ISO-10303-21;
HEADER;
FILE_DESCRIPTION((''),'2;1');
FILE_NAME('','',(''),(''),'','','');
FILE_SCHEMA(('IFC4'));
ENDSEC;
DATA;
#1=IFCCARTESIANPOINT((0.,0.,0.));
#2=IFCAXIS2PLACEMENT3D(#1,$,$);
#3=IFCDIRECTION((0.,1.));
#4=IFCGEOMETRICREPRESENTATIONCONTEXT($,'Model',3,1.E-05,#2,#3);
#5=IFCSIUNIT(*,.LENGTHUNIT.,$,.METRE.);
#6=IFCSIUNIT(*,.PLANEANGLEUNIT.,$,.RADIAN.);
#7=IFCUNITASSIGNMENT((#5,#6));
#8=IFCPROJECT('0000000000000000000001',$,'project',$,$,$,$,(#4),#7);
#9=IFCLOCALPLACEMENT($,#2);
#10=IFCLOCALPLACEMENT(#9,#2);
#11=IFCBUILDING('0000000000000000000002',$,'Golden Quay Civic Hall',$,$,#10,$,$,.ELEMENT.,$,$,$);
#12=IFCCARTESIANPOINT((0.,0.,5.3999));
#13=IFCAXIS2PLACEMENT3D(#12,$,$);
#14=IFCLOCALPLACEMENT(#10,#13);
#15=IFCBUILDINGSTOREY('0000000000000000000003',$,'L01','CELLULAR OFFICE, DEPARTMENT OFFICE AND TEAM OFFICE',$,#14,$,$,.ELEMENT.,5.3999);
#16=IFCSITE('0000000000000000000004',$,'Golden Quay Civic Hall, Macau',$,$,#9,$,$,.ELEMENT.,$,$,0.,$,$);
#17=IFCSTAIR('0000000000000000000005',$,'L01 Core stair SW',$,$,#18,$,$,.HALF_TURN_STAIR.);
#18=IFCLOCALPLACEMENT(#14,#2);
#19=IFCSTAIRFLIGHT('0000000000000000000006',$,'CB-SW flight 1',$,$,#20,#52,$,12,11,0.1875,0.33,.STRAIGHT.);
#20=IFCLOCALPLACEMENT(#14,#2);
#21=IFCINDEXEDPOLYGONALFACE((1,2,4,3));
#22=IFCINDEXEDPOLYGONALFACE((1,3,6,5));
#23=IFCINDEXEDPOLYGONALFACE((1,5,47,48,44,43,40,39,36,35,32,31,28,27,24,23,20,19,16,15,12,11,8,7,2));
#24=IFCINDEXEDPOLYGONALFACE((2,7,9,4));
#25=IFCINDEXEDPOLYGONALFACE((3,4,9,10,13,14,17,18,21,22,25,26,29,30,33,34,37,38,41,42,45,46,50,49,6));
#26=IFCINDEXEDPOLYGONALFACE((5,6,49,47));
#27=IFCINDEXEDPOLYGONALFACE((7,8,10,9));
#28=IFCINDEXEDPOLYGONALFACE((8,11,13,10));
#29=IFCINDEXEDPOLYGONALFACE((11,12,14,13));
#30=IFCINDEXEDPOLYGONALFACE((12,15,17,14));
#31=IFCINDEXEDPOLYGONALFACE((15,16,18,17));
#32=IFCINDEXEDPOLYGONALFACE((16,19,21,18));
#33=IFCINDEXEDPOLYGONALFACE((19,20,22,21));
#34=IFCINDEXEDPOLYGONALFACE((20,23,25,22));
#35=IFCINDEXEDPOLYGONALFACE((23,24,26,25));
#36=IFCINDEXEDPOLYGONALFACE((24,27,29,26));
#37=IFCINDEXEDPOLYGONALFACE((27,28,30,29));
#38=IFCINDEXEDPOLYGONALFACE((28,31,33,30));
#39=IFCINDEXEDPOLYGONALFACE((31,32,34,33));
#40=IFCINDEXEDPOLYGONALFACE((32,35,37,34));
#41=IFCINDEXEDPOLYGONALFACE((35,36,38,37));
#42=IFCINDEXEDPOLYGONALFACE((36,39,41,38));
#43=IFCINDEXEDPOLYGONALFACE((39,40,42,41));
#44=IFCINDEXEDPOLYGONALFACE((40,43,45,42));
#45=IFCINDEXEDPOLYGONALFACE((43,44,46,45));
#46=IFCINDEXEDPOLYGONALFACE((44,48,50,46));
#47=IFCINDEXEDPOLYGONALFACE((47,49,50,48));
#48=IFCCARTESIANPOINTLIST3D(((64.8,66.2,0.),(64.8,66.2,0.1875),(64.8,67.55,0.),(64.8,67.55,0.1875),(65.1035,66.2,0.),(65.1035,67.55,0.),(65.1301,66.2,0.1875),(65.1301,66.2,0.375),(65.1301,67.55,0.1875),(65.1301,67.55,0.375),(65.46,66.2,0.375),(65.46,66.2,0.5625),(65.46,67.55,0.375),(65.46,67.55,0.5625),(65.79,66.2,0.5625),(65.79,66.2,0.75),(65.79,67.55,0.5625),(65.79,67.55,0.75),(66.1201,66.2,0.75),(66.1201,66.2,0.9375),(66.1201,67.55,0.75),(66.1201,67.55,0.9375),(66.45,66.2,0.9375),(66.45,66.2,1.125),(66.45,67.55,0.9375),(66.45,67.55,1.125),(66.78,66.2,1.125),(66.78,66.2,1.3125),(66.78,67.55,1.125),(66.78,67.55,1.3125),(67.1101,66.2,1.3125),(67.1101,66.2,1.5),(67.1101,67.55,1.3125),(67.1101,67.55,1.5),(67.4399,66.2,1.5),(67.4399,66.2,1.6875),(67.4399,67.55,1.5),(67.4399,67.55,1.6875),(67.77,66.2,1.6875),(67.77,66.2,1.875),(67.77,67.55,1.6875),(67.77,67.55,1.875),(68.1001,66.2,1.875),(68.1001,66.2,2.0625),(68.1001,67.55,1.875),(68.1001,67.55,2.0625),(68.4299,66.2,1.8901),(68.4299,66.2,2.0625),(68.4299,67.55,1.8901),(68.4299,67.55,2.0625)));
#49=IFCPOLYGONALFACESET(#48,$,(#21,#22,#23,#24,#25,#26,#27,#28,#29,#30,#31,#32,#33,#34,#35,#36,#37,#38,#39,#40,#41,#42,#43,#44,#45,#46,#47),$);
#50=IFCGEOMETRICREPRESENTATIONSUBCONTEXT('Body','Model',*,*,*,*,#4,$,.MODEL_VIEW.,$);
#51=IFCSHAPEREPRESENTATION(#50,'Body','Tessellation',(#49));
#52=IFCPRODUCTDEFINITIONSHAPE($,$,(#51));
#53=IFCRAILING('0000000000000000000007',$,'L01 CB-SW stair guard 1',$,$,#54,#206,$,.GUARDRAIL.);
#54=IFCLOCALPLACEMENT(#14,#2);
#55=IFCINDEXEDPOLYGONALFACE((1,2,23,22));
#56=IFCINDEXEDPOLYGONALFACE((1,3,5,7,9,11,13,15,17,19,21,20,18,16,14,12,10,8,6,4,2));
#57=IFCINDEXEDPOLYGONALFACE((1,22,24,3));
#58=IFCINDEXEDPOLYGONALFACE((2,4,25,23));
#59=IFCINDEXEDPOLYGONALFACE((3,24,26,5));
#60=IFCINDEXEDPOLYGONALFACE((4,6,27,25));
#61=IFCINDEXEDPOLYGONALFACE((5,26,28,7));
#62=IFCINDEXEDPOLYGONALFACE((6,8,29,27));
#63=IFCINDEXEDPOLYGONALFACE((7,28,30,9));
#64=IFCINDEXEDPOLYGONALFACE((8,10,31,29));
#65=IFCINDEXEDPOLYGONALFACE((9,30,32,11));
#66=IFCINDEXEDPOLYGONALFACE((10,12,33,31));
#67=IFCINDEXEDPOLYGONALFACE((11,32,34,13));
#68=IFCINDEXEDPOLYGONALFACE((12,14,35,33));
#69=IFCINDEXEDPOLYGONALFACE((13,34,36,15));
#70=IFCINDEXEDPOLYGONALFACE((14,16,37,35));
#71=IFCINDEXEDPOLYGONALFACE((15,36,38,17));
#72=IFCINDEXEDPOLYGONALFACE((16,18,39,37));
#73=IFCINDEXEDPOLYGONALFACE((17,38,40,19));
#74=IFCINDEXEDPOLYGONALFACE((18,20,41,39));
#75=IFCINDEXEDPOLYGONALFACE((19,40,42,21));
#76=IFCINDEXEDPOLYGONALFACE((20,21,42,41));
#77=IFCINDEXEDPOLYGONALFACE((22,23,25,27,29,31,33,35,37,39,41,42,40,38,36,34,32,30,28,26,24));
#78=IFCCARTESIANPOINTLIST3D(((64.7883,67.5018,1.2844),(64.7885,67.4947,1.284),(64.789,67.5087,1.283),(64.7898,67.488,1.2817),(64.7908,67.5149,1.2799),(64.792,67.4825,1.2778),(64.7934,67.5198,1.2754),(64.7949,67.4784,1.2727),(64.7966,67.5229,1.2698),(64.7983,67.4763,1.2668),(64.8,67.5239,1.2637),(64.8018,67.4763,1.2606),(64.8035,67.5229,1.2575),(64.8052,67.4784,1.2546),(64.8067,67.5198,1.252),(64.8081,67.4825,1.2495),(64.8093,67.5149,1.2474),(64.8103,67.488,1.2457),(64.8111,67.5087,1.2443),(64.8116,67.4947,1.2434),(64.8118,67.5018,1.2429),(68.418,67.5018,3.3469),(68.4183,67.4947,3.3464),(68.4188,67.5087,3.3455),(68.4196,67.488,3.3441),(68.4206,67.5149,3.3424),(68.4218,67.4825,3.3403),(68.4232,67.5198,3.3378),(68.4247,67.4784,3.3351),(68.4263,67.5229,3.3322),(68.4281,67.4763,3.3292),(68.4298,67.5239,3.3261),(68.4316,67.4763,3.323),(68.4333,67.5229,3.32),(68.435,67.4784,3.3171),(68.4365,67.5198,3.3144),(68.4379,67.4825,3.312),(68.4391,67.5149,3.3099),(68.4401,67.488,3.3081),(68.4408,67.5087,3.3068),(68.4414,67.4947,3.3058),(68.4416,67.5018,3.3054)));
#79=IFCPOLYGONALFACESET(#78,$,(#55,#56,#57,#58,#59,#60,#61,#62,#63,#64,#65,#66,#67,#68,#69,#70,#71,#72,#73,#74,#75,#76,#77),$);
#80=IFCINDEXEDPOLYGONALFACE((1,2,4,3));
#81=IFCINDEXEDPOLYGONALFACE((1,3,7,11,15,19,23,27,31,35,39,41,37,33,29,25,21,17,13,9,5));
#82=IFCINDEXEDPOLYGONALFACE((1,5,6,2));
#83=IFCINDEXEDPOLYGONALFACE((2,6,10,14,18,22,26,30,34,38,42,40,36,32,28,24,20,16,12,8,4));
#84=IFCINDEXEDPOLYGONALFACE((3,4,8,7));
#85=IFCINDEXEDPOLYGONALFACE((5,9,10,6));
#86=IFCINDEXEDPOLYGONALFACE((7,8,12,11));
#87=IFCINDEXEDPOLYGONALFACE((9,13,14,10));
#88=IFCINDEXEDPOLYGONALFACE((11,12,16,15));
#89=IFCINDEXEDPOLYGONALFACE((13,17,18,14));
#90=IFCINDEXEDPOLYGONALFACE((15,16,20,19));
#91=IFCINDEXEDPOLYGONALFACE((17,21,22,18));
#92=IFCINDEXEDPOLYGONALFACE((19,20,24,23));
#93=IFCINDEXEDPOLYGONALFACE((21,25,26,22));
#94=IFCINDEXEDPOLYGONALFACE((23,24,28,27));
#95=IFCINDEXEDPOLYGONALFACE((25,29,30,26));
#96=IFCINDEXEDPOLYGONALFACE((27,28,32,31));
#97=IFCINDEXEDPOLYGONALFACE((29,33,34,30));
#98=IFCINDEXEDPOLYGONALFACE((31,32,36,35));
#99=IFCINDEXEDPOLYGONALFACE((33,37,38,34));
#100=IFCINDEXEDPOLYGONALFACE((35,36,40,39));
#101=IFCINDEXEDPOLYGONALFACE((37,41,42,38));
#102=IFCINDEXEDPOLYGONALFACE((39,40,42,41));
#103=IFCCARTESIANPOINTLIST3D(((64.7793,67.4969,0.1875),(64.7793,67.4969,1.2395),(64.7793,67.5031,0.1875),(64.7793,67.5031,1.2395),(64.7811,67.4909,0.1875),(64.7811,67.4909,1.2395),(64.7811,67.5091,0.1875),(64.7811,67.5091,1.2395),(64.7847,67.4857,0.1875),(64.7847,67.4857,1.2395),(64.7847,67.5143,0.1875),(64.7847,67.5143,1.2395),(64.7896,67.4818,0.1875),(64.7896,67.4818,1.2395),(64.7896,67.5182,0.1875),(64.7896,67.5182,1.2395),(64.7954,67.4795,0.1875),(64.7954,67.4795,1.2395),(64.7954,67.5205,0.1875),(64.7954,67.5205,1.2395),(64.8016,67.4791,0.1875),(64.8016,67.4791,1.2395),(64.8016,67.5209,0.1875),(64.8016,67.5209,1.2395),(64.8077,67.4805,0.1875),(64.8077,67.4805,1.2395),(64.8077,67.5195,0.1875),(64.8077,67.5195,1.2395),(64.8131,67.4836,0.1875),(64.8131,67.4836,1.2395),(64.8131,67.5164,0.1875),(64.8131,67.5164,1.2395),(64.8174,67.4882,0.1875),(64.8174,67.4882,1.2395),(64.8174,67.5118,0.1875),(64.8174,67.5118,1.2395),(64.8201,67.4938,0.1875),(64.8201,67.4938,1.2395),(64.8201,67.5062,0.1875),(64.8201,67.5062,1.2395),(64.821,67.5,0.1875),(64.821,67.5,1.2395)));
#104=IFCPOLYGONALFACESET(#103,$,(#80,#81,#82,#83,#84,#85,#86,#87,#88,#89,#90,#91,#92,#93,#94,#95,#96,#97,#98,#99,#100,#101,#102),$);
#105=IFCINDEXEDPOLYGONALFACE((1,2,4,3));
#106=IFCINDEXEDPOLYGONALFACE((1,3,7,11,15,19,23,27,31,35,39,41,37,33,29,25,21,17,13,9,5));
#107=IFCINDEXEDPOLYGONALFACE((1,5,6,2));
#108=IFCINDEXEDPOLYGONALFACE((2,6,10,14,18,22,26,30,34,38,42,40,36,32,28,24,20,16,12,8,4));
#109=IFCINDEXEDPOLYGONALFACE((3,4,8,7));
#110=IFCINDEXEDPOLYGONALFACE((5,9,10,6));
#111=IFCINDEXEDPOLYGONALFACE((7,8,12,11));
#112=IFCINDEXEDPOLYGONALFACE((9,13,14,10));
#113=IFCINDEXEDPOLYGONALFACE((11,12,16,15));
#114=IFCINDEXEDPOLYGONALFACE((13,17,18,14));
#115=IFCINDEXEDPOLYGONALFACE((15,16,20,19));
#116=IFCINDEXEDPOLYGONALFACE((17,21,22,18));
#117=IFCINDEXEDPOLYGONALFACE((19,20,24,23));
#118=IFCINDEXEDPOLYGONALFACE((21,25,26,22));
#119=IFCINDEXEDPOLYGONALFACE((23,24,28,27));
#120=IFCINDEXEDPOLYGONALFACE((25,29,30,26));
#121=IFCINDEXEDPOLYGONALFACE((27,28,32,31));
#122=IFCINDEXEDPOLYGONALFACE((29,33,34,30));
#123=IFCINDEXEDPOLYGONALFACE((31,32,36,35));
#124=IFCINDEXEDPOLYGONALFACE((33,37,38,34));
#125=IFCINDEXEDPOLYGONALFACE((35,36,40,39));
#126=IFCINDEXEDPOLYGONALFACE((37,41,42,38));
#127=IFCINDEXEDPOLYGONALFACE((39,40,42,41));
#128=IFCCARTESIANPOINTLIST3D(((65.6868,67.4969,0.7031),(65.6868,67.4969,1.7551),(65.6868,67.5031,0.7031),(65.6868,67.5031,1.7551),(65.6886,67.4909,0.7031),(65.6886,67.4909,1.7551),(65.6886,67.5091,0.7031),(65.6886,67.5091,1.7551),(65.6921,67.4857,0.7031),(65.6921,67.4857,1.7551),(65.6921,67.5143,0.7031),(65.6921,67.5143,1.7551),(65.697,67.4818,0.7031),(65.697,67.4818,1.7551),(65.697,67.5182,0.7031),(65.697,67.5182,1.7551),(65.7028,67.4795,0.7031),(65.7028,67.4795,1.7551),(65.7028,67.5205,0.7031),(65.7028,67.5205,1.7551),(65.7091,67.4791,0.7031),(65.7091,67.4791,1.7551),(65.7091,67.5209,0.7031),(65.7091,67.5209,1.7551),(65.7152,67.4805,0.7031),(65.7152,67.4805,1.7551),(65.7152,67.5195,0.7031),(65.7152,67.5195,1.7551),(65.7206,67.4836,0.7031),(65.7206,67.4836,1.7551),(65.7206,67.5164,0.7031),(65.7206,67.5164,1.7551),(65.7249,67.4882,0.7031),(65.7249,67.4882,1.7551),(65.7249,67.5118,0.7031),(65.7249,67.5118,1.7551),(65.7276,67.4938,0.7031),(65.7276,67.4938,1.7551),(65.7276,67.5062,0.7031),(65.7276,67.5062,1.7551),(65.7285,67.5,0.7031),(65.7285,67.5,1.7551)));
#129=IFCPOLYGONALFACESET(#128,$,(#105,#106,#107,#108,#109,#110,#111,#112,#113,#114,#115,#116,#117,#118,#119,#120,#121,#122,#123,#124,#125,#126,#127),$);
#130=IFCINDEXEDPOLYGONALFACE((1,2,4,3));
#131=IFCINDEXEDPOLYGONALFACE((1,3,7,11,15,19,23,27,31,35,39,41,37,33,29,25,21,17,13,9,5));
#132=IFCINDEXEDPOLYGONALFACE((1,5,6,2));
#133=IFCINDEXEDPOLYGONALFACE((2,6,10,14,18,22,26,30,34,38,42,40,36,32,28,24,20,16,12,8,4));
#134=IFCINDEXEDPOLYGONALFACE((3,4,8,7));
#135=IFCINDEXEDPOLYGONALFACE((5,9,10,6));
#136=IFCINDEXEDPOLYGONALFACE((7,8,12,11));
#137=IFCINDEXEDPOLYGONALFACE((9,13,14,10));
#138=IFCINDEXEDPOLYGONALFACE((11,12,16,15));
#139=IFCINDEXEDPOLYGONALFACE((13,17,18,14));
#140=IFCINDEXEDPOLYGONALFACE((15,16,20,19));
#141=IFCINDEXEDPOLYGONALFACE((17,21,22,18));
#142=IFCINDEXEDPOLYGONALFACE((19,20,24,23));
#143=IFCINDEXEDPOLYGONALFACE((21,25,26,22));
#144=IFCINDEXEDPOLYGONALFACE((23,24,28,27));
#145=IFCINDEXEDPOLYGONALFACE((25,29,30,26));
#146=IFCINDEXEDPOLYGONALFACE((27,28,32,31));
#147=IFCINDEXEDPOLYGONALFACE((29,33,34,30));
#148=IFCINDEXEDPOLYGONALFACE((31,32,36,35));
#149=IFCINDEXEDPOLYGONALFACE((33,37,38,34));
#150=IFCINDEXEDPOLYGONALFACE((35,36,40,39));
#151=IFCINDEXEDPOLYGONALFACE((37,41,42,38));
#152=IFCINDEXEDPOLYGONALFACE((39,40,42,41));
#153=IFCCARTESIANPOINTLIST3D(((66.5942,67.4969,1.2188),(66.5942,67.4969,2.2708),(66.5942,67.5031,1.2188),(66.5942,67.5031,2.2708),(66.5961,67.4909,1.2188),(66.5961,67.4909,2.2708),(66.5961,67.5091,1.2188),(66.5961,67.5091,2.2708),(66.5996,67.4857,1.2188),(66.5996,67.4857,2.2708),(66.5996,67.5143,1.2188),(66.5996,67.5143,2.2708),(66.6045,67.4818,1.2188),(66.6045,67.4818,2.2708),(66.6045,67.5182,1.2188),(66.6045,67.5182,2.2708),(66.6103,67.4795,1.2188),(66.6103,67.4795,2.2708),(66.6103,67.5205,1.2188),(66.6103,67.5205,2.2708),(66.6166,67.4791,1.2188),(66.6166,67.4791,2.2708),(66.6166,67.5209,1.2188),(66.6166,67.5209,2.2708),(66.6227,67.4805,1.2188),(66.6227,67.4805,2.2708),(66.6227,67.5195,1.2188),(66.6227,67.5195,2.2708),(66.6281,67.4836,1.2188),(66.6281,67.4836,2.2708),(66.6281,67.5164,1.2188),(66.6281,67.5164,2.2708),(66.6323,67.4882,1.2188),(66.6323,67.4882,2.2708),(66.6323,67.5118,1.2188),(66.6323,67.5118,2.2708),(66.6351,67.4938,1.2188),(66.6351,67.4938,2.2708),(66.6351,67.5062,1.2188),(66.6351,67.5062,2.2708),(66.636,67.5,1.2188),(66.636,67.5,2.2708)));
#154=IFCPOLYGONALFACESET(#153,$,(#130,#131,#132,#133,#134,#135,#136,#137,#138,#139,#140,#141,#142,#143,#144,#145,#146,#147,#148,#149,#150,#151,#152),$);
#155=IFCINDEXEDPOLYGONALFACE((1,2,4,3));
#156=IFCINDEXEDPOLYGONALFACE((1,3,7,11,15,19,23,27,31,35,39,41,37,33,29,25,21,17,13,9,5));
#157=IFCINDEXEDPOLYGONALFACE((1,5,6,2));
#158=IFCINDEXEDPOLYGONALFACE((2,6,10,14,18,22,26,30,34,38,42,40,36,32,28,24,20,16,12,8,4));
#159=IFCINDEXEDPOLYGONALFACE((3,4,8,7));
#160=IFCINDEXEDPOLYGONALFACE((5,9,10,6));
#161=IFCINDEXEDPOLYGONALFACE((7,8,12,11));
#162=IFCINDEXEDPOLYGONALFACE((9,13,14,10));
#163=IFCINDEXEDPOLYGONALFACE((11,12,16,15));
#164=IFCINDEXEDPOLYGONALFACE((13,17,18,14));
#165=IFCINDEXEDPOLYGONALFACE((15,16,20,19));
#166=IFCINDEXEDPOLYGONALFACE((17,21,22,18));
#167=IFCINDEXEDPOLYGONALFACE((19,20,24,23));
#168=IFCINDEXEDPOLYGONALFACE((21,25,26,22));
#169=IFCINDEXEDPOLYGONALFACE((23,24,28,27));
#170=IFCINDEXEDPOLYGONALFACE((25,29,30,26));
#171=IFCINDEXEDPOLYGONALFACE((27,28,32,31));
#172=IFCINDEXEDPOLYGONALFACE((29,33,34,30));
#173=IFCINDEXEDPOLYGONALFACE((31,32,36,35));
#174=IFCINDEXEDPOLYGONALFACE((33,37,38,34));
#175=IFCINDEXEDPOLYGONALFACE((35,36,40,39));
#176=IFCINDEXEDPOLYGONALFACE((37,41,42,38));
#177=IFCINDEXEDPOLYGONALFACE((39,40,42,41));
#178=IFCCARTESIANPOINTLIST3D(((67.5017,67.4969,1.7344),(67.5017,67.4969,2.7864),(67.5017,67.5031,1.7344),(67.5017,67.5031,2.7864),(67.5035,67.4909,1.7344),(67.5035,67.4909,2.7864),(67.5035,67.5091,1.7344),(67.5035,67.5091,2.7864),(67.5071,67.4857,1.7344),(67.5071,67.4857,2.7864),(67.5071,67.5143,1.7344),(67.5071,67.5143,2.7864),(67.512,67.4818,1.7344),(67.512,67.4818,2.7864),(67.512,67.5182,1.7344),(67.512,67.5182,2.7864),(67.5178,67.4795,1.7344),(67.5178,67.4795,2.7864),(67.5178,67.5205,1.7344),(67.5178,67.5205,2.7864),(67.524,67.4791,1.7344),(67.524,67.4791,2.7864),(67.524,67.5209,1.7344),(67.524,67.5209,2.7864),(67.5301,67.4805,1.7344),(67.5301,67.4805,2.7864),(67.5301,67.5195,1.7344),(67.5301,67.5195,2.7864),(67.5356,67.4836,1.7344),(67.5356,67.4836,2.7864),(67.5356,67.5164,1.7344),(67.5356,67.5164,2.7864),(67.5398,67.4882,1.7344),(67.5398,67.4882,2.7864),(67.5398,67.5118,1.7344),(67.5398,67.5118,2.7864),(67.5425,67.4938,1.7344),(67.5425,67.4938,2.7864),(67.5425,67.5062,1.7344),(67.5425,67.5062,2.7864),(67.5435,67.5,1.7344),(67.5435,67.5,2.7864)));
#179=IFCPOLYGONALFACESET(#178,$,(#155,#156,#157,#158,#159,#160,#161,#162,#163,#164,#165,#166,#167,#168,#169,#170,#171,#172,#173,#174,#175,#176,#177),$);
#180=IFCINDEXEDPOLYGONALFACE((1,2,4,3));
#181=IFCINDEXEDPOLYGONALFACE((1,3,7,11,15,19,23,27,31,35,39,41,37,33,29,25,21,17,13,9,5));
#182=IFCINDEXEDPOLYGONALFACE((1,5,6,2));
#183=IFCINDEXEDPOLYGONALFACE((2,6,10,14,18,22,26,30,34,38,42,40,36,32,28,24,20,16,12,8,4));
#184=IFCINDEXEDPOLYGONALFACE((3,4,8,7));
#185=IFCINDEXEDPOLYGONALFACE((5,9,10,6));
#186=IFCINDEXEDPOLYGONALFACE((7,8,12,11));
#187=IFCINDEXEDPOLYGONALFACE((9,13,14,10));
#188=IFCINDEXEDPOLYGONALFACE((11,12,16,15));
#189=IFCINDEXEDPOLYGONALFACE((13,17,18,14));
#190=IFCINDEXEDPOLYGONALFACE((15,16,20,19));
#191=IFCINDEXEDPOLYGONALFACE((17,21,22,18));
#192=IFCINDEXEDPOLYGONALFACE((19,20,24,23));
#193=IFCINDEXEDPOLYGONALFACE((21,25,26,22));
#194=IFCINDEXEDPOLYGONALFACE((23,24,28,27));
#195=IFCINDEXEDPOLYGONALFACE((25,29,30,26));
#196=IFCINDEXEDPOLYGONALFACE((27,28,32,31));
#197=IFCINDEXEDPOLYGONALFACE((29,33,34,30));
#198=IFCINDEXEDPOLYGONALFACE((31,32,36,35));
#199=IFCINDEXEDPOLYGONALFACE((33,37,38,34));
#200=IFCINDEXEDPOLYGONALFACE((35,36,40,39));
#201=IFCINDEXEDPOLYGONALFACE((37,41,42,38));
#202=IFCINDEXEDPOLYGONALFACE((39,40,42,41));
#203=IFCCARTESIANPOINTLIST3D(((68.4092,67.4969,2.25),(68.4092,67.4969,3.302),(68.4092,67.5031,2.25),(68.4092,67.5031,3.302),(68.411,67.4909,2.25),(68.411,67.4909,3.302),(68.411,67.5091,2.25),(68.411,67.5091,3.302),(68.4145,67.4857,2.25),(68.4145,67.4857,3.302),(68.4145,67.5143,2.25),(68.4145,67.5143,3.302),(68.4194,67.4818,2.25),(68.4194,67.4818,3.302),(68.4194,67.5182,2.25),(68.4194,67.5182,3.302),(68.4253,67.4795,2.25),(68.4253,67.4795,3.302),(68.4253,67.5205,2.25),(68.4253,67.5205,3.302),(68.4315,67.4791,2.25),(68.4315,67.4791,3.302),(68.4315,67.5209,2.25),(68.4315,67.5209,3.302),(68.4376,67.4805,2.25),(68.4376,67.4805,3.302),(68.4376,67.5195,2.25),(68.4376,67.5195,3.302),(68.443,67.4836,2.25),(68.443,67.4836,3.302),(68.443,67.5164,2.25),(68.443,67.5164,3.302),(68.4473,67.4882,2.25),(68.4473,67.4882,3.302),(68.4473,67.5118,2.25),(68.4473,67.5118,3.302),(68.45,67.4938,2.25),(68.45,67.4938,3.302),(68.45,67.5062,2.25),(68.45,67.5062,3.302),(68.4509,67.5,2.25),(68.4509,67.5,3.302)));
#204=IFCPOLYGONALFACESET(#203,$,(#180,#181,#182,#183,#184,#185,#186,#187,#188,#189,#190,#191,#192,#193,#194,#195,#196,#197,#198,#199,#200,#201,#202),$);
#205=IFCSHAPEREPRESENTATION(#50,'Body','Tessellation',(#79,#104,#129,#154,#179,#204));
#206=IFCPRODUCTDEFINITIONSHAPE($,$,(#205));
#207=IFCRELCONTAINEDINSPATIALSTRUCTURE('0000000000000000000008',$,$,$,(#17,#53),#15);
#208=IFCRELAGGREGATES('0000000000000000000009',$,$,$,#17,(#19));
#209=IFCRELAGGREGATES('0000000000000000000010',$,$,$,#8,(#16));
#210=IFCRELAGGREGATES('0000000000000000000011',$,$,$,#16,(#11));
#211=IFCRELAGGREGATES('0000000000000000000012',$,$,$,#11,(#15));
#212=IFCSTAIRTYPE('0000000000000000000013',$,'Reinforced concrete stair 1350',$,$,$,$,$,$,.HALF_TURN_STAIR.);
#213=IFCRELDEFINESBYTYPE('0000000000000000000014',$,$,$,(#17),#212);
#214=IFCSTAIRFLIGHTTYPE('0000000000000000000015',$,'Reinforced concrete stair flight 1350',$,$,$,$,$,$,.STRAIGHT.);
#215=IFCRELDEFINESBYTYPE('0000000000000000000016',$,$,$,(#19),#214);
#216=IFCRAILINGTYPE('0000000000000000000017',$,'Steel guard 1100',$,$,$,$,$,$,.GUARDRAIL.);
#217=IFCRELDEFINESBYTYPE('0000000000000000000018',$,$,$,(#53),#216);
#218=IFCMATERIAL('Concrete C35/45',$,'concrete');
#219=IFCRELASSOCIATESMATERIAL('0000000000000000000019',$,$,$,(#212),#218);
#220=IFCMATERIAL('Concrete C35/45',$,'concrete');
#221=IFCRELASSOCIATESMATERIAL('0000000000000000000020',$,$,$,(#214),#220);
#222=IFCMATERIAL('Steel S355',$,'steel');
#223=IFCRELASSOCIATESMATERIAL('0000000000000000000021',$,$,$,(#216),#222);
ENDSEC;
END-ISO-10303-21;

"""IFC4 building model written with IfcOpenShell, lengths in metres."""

from ifc_helpers import new_model, si_unit, direction, frame, origin, origin_2d, place, context, subcontext, project, spatial, polyline, circle, outline, extrude, material, type_object, element, aggregate, save


model = new_model("IFC4")

# Units and contexts
model_context = context("Model", 3, precision=1e-05, world=origin(), true_north=direction((0.0, 1.0)))
body_context = subcontext(model_context, "Body", "Model", "MODEL_VIEW")
ifc_project = project(units=[si_unit("LENGTHUNIT", "METRE"), si_unit("PLANEANGLEUNIT", "RADIAN")], contexts=[model_context])

# Site, building, storey
site_placement = place(None, origin())
site = spatial("IfcSite", under=ifc_project, at=site_placement, Name="Golden Quay Civic Hall, Macau", CompositionType="ELEMENT", RefElevation=0.0)
building_placement = place(site_placement, origin())
building = spatial("IfcBuilding", under=site, at=building_placement, Name="Golden Quay Civic Hall", CompositionType="ELEMENT")
storey_placement = place(building_placement, frame((0.0, 0.0, 5.3999)))
storey = spatial("IfcBuildingStorey", under=building, at=storey_placement, Name="L01", Description="CELLULAR OFFICE, DEPARTMENT OFFICE AND TEAM OFFICE", CompositionType="ELEMENT", Elevation=5.3999)

# Stair, stair flight
ifc_material_1 = material(Name="Concrete C35/45", Category="concrete")
stair_type = type_object("IfcStairType", Name="Reinforced concrete stair 1350", PredefinedType="HALF_TURN_STAIR", material=ifc_material_1)
stair_placement = place(storey_placement, origin())
stair = element("IfcStair", 1, at=stair_placement, inside=storey, type_object=stair_type, Name="L01 Core stair SW", PredefinedType="HALF_TURN_STAIR")
ifc_material_2 = material(Name="Concrete C35/45", Category="concrete")
stair_flight_type = type_object("IfcStairFlightType", Name="Reinforced concrete stair flight 1350", PredefinedType="STRAIGHT", material=ifc_material_2)
stair_flight_placement = place(storey_placement, frame((64.8, 66.875, 0.0), z_axis=(0.0, 0.0, 1.0), x_axis=(1.0, 0.0, 0.0)))
stair_flight = element("IfcStairFlight", 2, at=stair_flight_placement, type_object=stair_flight_type, Name="CB-SW flight 1", NumberOfRisers=12, NumberOfTreads=11, PredefinedType="STRAIGHT", RiserHeight=0.1875, TreadLength=0.33, context=body_context, shape_type="SweptSolid", body=[
    extrude(outline(polyline([(0.0, 0.0), (0.0, 0.1875), (0.3301, 0.1875), (0.3301, 0.375), (0.6599, 0.375), (0.6599, 0.5625), (0.99, 0.5625), (0.99, 0.75), (1.3201, 0.75), (1.3201, 0.9375), (1.6499, 0.9375), (1.6499, 1.125), (1.98, 1.125), (1.98, 1.3125), (2.3101, 1.3125), (2.3101, 1.5), (2.6399, 1.5), (2.6399, 1.6875), (2.97, 1.6875), (2.97, 1.875), (3.3, 1.875), (3.3, 2.0625), (3.6299, 2.0625), (3.6299, 2.25), (3.6299, 1.8901), (0.3035, 0.0), (0.0, 0.0)])), frame((0.0, 0.675, 0.0), z_axis=(0.0, -1.0, 0.0), x_axis=(1.0, 0.0, 0.0)), (0.0, 0.0, 1.0), 1.35),
])
aggregate(stair, [stair_flight])

# Railing
ifc_material_3 = material(Name="Steel S355", Category="steel")
railing_type_1 = type_object("IfcRailingType", Name="Steel guard 1100", PredefinedType="GUARDRAIL", material=ifc_material_3)
railing_1_placement = place(storey_placement, frame((64.8, 67.5, 0.1875)))
element("IfcRailing", 3, at=railing_1_placement, inside=storey, type_object=railing_type_1, Name="L01 CB-SW stair guard 1", PredefinedType="GUARDRAIL", context=body_context, shape_type="SweptSolid", body=[
    extrude(circle(Radius=0.0239, at=origin_2d()), frame((0.0, 0.0, 1.0762), z_axis=(0.86945, 0.0, 0.494021), x_axis=(0.0, 1.0, 0.0)), (0.0, 0.0, 1.0), 4.1748),
    extrude(circle(Radius=0.021, at=origin_2d()), origin(), (0.0, 0.0, 1.0), 1.052),
    extrude(circle(Radius=0.021, at=origin_2d()), frame((0.9075, 0.0, 0.5156)), (0.0, 0.0, 1.0), 1.052),
    extrude(circle(Radius=0.021, at=origin_2d()), frame((1.8149, 0.0, 1.0312)), (0.0, 0.0, 1.0), 1.052),
    extrude(circle(Radius=0.021, at=origin_2d()), frame((2.7224, 0.0, 1.5469)), (0.0, 0.0, 1.0), 1.052),
    extrude(circle(Radius=0.021, at=origin_2d()), frame((3.6299, 0.0, 2.0625)), (0.0, 0.0, 1.0), 1.052),
])

save(model, "model.ifc")
